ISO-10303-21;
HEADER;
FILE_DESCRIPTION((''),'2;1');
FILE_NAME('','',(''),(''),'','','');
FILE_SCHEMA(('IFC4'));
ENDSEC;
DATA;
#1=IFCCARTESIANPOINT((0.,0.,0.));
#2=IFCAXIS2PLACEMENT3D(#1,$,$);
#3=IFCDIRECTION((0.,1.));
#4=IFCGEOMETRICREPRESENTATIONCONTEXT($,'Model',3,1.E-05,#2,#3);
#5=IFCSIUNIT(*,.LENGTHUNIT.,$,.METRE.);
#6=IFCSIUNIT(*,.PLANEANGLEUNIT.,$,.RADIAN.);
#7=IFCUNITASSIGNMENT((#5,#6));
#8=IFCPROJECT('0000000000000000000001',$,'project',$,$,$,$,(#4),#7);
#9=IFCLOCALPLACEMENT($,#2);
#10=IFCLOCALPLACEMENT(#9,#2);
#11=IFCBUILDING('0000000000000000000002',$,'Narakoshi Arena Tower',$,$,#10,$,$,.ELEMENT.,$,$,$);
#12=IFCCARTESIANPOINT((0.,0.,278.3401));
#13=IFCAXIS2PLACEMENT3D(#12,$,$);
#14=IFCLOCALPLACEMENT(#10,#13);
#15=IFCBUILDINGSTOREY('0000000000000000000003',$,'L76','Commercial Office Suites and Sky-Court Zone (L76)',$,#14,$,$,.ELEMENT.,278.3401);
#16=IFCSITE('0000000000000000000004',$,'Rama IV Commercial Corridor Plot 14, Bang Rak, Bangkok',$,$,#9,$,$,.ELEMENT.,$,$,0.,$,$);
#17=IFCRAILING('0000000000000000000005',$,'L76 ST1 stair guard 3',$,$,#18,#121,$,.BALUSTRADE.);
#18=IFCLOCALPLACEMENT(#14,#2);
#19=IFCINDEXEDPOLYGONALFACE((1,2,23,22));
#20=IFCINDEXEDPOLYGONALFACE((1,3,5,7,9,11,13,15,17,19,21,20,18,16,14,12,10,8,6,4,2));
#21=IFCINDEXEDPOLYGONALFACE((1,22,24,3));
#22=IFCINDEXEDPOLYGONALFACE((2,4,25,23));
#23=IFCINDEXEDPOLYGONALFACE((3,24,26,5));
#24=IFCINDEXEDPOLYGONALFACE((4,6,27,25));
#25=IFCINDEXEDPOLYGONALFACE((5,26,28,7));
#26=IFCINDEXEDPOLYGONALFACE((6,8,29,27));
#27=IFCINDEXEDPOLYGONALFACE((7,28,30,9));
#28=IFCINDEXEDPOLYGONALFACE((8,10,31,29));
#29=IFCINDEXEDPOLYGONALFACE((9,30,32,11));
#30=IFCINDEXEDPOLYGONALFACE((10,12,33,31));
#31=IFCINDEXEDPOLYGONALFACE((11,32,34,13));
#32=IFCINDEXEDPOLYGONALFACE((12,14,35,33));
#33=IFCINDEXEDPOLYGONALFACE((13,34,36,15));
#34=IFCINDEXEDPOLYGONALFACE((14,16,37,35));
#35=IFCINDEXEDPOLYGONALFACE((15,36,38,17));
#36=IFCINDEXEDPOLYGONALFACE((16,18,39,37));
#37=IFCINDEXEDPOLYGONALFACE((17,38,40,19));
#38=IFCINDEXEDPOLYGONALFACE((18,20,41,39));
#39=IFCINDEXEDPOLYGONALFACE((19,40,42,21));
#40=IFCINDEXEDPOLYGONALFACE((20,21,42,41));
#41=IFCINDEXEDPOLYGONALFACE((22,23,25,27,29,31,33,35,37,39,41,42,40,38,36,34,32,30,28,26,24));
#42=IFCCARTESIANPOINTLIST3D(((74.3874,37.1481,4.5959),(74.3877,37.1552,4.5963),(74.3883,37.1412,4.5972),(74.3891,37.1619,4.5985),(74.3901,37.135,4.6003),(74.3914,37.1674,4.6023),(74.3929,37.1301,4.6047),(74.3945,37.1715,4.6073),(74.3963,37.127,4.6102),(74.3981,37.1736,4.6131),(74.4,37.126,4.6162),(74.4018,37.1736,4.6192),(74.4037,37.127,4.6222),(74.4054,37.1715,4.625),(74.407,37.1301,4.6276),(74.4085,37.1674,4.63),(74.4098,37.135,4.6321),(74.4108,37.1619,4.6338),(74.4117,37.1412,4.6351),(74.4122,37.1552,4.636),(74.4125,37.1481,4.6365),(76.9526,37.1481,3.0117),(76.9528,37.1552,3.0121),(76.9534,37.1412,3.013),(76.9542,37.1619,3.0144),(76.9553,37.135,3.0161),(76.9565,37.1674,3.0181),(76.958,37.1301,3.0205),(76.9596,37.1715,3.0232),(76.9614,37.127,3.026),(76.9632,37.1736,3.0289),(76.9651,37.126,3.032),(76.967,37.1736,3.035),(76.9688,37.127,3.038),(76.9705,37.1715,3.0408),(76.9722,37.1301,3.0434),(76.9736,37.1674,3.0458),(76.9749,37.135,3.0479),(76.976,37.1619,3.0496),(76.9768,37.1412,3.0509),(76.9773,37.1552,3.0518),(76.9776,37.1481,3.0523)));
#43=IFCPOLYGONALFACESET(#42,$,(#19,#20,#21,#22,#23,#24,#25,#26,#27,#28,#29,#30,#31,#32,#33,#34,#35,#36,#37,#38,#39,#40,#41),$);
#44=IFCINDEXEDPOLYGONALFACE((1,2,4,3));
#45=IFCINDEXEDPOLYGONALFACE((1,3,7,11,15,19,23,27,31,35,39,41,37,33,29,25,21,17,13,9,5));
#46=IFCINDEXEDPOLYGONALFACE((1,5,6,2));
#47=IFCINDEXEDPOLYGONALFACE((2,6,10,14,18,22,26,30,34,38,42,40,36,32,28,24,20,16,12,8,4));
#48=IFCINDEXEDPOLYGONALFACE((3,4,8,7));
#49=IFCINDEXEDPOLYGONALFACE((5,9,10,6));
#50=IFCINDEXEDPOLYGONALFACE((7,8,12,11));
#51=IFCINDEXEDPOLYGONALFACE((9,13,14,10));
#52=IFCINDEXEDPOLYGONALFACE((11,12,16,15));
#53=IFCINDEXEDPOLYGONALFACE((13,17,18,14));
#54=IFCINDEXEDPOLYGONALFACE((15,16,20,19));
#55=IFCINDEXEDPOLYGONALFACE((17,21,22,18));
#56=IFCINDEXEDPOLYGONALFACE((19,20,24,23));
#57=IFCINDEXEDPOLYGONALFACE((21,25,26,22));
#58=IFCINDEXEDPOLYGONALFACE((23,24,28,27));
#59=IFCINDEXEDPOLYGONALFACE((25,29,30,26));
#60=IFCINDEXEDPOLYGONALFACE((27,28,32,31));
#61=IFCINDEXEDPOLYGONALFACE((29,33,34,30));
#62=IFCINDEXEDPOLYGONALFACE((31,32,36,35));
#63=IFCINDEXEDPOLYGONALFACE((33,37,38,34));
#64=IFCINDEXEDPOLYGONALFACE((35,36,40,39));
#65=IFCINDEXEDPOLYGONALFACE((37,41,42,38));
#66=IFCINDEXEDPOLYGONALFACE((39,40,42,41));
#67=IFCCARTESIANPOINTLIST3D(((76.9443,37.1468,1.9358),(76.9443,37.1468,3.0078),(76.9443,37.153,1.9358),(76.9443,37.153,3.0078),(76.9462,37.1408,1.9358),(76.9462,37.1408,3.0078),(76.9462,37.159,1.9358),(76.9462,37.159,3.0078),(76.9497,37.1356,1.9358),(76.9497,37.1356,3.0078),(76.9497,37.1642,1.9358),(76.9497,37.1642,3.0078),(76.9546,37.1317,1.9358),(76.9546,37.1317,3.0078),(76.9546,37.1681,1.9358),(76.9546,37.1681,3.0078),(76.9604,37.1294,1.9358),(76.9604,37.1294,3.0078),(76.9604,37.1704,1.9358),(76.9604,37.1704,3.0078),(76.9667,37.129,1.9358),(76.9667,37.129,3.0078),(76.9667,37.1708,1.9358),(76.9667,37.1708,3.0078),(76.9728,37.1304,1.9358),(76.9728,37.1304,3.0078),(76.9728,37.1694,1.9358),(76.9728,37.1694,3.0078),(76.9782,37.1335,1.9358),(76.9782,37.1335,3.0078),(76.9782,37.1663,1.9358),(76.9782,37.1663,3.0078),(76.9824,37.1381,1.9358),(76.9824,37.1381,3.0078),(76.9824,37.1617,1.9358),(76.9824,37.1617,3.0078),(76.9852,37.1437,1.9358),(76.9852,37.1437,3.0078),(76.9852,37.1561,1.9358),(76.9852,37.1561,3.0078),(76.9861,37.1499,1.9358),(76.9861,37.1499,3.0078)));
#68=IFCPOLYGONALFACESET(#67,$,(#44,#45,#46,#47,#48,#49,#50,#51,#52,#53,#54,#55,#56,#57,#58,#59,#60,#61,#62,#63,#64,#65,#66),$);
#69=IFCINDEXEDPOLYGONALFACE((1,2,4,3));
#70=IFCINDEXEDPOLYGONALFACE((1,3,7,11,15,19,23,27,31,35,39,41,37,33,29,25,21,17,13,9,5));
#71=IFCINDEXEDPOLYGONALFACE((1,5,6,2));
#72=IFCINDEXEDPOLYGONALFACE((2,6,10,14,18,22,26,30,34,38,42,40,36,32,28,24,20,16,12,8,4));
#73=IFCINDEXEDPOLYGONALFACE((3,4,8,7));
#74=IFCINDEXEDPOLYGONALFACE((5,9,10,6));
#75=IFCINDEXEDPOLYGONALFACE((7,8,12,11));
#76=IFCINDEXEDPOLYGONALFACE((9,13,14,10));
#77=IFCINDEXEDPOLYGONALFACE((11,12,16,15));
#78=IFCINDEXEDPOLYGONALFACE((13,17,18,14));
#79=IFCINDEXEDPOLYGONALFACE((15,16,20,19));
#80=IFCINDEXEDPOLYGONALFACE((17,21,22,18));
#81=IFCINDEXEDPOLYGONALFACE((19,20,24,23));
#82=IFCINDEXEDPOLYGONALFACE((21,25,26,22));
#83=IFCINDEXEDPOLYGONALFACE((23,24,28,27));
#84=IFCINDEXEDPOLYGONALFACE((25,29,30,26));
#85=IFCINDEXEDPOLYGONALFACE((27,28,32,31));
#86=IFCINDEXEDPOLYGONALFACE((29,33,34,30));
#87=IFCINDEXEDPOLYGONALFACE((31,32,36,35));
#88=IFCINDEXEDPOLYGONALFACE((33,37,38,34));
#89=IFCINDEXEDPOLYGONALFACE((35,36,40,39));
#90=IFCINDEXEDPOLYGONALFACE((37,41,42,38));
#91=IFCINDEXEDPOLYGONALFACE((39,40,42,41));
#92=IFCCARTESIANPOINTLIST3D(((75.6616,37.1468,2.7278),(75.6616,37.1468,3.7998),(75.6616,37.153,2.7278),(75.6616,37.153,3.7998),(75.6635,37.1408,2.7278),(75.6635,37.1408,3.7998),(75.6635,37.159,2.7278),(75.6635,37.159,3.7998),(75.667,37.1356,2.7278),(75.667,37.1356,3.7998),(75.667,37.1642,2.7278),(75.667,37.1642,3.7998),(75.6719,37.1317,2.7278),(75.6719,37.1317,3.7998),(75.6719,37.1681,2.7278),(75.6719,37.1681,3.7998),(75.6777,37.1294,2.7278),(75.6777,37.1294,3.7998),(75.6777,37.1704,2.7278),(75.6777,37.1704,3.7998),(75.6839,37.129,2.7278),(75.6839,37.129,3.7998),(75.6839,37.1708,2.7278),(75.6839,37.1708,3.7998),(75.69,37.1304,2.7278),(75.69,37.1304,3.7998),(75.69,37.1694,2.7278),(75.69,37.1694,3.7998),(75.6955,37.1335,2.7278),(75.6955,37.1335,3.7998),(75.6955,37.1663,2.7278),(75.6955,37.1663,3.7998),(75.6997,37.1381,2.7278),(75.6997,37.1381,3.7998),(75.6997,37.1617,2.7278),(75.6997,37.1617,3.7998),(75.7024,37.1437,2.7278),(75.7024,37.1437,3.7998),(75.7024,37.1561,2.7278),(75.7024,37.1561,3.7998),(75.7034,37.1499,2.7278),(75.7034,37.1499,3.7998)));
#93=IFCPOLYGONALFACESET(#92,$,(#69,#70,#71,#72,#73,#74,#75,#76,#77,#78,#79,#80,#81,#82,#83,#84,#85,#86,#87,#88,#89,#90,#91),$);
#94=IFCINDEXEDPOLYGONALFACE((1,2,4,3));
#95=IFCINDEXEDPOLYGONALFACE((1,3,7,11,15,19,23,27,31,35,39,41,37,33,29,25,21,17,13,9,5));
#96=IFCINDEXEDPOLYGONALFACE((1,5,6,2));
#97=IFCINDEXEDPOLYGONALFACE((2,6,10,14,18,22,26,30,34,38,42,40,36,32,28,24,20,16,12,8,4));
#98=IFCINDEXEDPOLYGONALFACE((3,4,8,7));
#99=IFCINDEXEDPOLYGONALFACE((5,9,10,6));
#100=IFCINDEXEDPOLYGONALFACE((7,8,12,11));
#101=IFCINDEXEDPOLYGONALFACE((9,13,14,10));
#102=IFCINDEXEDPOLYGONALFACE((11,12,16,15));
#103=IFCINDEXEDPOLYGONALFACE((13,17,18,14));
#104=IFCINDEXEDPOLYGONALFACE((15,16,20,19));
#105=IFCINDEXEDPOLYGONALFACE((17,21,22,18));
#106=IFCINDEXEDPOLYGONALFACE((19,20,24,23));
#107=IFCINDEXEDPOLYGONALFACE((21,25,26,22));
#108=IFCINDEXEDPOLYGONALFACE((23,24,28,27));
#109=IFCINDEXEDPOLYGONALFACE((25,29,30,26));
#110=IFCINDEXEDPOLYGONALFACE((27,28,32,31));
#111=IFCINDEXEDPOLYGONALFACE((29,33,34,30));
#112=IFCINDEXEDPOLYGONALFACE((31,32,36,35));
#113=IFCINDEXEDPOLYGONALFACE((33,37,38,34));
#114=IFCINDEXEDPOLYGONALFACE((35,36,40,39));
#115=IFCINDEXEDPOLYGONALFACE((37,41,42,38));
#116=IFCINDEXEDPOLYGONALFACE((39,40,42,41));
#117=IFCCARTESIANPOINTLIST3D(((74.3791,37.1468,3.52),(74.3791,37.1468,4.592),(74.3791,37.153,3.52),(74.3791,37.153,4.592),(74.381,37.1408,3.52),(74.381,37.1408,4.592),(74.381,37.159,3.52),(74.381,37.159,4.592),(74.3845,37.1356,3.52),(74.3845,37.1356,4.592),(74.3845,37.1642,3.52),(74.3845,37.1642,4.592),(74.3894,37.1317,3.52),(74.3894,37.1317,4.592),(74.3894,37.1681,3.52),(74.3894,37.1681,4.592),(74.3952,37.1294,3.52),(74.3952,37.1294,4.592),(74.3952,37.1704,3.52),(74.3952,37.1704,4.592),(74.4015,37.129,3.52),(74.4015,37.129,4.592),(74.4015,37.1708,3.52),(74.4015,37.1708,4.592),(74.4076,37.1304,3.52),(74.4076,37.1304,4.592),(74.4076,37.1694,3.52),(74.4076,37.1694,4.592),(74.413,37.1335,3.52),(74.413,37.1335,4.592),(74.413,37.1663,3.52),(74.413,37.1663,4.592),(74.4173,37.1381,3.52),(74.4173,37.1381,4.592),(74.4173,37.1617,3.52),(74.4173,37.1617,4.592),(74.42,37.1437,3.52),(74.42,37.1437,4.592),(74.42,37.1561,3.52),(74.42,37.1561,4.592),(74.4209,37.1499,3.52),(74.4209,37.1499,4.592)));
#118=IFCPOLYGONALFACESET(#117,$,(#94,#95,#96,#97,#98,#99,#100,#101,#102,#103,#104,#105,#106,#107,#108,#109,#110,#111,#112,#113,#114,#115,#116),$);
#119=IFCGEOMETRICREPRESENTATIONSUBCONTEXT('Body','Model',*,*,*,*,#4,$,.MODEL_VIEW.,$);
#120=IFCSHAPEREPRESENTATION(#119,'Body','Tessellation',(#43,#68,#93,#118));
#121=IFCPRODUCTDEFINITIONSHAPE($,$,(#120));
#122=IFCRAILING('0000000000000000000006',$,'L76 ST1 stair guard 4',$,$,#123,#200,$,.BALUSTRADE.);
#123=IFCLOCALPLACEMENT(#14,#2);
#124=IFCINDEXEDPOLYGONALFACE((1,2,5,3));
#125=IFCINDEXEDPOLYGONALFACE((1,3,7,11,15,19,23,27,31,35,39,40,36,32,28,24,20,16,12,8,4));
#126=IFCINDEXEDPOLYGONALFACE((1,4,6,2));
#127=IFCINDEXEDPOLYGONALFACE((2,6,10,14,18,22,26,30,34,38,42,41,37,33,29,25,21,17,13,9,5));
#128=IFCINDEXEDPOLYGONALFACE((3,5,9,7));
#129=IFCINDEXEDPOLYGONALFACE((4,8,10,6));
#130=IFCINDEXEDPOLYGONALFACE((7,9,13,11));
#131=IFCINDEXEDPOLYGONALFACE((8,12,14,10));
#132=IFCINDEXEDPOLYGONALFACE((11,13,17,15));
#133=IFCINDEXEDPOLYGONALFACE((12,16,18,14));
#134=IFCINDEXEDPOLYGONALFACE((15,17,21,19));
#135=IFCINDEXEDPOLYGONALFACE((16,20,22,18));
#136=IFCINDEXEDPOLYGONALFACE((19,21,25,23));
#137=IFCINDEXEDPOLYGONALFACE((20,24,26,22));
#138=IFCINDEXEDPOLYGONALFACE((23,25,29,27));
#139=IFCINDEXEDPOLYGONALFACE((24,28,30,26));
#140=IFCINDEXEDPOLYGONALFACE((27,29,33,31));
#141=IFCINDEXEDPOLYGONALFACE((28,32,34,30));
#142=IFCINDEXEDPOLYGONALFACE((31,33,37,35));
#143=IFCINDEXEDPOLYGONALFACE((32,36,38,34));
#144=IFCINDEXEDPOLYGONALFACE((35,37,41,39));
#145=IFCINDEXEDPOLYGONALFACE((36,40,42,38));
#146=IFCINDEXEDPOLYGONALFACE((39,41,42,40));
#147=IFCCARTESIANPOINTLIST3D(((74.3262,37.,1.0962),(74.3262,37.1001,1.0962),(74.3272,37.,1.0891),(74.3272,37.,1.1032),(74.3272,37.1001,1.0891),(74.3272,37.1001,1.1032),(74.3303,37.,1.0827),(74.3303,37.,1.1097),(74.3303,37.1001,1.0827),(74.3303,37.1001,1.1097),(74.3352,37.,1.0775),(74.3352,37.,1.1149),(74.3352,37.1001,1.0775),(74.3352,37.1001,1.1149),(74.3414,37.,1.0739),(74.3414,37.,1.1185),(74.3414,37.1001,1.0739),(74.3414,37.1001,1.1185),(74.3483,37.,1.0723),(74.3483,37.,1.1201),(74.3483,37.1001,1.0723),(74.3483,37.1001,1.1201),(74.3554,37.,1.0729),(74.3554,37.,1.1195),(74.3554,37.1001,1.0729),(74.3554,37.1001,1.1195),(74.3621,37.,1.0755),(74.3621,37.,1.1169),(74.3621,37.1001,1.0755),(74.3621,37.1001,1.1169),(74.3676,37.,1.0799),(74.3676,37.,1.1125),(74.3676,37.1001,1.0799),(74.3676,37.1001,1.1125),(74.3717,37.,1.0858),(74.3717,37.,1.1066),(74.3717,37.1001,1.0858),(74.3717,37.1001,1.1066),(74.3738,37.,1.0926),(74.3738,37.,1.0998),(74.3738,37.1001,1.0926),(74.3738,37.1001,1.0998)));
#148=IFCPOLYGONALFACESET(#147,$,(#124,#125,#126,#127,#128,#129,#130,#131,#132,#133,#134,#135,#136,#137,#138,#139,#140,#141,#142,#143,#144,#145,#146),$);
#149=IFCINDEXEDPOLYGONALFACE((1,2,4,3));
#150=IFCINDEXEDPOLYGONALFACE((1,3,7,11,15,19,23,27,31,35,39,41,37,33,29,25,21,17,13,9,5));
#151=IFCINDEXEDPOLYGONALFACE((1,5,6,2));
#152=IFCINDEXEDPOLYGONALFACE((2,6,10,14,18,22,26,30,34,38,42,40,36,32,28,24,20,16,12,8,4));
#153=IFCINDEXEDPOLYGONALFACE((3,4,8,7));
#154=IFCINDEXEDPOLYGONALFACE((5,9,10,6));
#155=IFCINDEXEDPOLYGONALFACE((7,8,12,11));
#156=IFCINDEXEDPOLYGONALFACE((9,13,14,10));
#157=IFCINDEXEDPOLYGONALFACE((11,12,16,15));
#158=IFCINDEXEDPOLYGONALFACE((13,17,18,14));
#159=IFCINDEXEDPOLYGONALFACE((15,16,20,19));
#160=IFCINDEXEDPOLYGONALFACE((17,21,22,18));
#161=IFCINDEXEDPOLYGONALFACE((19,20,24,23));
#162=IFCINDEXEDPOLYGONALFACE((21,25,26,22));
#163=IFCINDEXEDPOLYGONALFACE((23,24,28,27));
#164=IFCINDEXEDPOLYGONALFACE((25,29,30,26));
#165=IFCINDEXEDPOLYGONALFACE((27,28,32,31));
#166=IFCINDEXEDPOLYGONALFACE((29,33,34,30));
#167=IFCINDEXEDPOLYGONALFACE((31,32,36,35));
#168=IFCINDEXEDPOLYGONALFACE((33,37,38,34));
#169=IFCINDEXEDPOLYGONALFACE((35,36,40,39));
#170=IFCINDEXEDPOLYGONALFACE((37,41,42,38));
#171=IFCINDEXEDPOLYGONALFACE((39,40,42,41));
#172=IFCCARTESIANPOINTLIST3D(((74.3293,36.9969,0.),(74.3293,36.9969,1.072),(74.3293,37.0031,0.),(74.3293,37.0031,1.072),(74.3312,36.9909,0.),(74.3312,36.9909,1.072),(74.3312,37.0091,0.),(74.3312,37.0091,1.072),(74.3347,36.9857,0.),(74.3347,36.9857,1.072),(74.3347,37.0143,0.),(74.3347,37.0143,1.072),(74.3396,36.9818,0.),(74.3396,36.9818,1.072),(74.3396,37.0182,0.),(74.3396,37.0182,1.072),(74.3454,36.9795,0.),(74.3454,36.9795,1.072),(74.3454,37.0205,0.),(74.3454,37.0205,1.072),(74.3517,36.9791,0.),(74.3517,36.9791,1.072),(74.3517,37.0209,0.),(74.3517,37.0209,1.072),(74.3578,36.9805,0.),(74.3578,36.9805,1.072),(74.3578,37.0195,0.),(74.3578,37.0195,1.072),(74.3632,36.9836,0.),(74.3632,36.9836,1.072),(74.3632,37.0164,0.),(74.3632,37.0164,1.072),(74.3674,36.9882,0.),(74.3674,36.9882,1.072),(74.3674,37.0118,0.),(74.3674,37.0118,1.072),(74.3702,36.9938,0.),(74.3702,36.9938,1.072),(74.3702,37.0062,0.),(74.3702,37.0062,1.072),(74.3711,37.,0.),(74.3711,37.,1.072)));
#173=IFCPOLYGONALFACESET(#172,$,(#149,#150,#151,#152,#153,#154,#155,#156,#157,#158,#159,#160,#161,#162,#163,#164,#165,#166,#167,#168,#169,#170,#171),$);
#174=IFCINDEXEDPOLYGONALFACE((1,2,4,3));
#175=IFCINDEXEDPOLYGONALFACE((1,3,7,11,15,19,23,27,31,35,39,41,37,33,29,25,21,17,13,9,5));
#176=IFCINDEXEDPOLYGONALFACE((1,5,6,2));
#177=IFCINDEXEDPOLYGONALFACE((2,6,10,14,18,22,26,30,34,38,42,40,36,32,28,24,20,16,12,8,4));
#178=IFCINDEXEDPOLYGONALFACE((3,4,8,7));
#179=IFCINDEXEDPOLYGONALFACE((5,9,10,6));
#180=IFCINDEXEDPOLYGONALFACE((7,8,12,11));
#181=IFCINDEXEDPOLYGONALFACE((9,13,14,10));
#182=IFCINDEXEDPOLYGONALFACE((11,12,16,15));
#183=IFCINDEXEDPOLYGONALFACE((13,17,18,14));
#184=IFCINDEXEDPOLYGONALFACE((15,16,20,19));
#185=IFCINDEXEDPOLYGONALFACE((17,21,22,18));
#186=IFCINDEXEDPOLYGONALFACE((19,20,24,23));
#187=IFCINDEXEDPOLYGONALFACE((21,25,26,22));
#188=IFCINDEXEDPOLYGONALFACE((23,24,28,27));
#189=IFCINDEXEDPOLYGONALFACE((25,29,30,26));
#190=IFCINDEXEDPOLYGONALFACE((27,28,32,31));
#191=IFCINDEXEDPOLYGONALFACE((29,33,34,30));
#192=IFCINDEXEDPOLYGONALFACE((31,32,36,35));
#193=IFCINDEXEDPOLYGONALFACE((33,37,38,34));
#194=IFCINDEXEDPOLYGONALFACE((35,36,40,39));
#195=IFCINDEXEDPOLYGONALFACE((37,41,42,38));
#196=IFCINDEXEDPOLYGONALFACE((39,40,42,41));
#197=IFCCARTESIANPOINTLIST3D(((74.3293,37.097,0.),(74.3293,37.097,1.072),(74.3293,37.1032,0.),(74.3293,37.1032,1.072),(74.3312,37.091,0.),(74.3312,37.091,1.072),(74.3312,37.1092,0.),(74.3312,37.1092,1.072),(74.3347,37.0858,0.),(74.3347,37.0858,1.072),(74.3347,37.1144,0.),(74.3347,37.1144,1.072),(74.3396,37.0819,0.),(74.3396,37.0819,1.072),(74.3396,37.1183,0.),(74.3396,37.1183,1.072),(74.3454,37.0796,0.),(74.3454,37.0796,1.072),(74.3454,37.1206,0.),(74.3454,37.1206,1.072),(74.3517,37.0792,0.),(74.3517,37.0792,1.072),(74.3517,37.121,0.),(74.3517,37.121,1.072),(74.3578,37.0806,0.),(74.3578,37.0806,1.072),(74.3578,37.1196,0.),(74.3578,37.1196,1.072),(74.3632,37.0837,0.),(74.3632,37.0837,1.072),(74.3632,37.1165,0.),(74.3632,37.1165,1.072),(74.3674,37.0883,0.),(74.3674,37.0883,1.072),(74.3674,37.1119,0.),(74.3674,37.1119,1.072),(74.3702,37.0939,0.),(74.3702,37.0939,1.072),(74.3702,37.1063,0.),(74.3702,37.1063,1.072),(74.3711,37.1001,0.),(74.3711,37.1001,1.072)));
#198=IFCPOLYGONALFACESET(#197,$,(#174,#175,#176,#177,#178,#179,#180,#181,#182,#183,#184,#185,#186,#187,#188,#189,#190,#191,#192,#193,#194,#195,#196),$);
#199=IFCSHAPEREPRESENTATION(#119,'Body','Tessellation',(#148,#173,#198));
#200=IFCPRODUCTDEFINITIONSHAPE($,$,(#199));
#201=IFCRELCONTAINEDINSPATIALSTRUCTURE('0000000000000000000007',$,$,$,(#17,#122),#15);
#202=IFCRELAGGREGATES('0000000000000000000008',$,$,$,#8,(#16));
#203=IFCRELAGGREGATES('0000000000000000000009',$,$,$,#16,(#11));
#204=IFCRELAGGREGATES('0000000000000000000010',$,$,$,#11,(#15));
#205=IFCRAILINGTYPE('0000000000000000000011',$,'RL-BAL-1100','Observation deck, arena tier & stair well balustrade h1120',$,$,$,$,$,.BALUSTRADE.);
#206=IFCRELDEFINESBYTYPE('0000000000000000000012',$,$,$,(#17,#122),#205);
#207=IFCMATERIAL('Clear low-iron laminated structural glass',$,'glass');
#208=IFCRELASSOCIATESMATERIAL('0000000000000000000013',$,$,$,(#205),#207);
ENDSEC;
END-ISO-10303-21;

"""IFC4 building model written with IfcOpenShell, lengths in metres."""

from ifc_helpers import new_model, si_unit, direction, frame, origin, origin_2d, place, context, subcontext, project, spatial, circle, extrude, material, type_object, element, save


model = new_model("IFC4")

# Units and contexts
model_context = context("Model", 3, precision=1e-05, world=origin(), true_north=direction((0.0, 1.0)))
body_context = subcontext(model_context, "Body", "Model", "MODEL_VIEW")
ifc_project = project(units=[si_unit("LENGTHUNIT", "METRE"), si_unit("PLANEANGLEUNIT", "RADIAN")], contexts=[model_context])

# Site, building, storey
site_placement = place(None, origin())
site = spatial("IfcSite", under=ifc_project, at=site_placement, Name="Rama IV Commercial Corridor Plot 14, Bang Rak, Bangkok", CompositionType="ELEMENT", RefElevation=0.0)
building_placement = place(site_placement, origin())
building = spatial("IfcBuilding", under=site, at=building_placement, Name="Narakoshi Arena Tower", CompositionType="ELEMENT")
storey_placement = place(building_placement, frame((0.0, 0.0, 278.3401)))
storey = spatial("IfcBuildingStorey", under=building, at=storey_placement, Name="L76", Description="Commercial Office Suites and Sky-Court Zone (L76)", CompositionType="ELEMENT", Elevation=278.3401)

# Railings
ifc_material_1 = material(Name="Clear low-iron laminated structural glass", Category="glass")
railing_type_1 = type_object("IfcRailingType", Name="RL-BAL-1100", Description="Observation deck, arena tier & stair well balustrade h1120", PredefinedType="BALUSTRADE", material=ifc_material_1)
railing_1_placement = place(storey_placement, frame((76.9651, 37.1499, 1.9358)))
element("IfcRailing", 1, at=railing_1_placement, inside=storey, type_object=railing_type_1, Name="L76 ST1 stair guard 3", PredefinedType="BALUSTRADE", context=body_context, shape_type="SweptSolid", body=[
    extrude(circle(Radius=0.0239, at=origin_2d()), frame((0.0, 0.0, 1.0962), z_axis=(-0.85082, 0.0, 0.525457), x_axis=(0.0, -1.0, 0.0)), (0.0, 0.0, 1.0), 3.0149),
    extrude(circle(Radius=0.021, at=origin_2d()), origin(), (0.0, 0.0, 1.0), 1.072),
    extrude(circle(Radius=0.021, at=origin_2d()), frame((-1.2827, 0.0, 0.792)), (0.0, 0.0, 1.0), 1.072),
    extrude(circle(Radius=0.021, at=origin_2d()), frame((-2.5652, 0.0, 1.5842)), (0.0, 0.0, 1.0), 1.072),
])
railing_2_placement = place(storey_placement, frame((74.3501, 37.0, 0.0)))
element("IfcRailing", 2, at=railing_2_placement, inside=storey, type_object=railing_type_1, Name="L76 ST1 stair guard 4", PredefinedType="BALUSTRADE", context=body_context, shape_type="SweptSolid", body=[
    extrude(circle(Radius=0.0239, at=origin_2d()), frame((0.0, 0.0, 1.0962), z_axis=(0.0, 1.0, 0.0), x_axis=(-1.0, 0.0, 0.0)), (0.0, 0.0, 1.0), 0.1001),
    extrude(circle(Radius=0.021, at=origin_2d()), origin(), (0.0, 0.0, 1.0), 1.072),
    extrude(circle(Radius=0.021, at=origin_2d()), frame((0.0, 0.1001, 0.0)), (0.0, 0.0, 1.0), 1.072),
])

save(model, "model.ifc")
